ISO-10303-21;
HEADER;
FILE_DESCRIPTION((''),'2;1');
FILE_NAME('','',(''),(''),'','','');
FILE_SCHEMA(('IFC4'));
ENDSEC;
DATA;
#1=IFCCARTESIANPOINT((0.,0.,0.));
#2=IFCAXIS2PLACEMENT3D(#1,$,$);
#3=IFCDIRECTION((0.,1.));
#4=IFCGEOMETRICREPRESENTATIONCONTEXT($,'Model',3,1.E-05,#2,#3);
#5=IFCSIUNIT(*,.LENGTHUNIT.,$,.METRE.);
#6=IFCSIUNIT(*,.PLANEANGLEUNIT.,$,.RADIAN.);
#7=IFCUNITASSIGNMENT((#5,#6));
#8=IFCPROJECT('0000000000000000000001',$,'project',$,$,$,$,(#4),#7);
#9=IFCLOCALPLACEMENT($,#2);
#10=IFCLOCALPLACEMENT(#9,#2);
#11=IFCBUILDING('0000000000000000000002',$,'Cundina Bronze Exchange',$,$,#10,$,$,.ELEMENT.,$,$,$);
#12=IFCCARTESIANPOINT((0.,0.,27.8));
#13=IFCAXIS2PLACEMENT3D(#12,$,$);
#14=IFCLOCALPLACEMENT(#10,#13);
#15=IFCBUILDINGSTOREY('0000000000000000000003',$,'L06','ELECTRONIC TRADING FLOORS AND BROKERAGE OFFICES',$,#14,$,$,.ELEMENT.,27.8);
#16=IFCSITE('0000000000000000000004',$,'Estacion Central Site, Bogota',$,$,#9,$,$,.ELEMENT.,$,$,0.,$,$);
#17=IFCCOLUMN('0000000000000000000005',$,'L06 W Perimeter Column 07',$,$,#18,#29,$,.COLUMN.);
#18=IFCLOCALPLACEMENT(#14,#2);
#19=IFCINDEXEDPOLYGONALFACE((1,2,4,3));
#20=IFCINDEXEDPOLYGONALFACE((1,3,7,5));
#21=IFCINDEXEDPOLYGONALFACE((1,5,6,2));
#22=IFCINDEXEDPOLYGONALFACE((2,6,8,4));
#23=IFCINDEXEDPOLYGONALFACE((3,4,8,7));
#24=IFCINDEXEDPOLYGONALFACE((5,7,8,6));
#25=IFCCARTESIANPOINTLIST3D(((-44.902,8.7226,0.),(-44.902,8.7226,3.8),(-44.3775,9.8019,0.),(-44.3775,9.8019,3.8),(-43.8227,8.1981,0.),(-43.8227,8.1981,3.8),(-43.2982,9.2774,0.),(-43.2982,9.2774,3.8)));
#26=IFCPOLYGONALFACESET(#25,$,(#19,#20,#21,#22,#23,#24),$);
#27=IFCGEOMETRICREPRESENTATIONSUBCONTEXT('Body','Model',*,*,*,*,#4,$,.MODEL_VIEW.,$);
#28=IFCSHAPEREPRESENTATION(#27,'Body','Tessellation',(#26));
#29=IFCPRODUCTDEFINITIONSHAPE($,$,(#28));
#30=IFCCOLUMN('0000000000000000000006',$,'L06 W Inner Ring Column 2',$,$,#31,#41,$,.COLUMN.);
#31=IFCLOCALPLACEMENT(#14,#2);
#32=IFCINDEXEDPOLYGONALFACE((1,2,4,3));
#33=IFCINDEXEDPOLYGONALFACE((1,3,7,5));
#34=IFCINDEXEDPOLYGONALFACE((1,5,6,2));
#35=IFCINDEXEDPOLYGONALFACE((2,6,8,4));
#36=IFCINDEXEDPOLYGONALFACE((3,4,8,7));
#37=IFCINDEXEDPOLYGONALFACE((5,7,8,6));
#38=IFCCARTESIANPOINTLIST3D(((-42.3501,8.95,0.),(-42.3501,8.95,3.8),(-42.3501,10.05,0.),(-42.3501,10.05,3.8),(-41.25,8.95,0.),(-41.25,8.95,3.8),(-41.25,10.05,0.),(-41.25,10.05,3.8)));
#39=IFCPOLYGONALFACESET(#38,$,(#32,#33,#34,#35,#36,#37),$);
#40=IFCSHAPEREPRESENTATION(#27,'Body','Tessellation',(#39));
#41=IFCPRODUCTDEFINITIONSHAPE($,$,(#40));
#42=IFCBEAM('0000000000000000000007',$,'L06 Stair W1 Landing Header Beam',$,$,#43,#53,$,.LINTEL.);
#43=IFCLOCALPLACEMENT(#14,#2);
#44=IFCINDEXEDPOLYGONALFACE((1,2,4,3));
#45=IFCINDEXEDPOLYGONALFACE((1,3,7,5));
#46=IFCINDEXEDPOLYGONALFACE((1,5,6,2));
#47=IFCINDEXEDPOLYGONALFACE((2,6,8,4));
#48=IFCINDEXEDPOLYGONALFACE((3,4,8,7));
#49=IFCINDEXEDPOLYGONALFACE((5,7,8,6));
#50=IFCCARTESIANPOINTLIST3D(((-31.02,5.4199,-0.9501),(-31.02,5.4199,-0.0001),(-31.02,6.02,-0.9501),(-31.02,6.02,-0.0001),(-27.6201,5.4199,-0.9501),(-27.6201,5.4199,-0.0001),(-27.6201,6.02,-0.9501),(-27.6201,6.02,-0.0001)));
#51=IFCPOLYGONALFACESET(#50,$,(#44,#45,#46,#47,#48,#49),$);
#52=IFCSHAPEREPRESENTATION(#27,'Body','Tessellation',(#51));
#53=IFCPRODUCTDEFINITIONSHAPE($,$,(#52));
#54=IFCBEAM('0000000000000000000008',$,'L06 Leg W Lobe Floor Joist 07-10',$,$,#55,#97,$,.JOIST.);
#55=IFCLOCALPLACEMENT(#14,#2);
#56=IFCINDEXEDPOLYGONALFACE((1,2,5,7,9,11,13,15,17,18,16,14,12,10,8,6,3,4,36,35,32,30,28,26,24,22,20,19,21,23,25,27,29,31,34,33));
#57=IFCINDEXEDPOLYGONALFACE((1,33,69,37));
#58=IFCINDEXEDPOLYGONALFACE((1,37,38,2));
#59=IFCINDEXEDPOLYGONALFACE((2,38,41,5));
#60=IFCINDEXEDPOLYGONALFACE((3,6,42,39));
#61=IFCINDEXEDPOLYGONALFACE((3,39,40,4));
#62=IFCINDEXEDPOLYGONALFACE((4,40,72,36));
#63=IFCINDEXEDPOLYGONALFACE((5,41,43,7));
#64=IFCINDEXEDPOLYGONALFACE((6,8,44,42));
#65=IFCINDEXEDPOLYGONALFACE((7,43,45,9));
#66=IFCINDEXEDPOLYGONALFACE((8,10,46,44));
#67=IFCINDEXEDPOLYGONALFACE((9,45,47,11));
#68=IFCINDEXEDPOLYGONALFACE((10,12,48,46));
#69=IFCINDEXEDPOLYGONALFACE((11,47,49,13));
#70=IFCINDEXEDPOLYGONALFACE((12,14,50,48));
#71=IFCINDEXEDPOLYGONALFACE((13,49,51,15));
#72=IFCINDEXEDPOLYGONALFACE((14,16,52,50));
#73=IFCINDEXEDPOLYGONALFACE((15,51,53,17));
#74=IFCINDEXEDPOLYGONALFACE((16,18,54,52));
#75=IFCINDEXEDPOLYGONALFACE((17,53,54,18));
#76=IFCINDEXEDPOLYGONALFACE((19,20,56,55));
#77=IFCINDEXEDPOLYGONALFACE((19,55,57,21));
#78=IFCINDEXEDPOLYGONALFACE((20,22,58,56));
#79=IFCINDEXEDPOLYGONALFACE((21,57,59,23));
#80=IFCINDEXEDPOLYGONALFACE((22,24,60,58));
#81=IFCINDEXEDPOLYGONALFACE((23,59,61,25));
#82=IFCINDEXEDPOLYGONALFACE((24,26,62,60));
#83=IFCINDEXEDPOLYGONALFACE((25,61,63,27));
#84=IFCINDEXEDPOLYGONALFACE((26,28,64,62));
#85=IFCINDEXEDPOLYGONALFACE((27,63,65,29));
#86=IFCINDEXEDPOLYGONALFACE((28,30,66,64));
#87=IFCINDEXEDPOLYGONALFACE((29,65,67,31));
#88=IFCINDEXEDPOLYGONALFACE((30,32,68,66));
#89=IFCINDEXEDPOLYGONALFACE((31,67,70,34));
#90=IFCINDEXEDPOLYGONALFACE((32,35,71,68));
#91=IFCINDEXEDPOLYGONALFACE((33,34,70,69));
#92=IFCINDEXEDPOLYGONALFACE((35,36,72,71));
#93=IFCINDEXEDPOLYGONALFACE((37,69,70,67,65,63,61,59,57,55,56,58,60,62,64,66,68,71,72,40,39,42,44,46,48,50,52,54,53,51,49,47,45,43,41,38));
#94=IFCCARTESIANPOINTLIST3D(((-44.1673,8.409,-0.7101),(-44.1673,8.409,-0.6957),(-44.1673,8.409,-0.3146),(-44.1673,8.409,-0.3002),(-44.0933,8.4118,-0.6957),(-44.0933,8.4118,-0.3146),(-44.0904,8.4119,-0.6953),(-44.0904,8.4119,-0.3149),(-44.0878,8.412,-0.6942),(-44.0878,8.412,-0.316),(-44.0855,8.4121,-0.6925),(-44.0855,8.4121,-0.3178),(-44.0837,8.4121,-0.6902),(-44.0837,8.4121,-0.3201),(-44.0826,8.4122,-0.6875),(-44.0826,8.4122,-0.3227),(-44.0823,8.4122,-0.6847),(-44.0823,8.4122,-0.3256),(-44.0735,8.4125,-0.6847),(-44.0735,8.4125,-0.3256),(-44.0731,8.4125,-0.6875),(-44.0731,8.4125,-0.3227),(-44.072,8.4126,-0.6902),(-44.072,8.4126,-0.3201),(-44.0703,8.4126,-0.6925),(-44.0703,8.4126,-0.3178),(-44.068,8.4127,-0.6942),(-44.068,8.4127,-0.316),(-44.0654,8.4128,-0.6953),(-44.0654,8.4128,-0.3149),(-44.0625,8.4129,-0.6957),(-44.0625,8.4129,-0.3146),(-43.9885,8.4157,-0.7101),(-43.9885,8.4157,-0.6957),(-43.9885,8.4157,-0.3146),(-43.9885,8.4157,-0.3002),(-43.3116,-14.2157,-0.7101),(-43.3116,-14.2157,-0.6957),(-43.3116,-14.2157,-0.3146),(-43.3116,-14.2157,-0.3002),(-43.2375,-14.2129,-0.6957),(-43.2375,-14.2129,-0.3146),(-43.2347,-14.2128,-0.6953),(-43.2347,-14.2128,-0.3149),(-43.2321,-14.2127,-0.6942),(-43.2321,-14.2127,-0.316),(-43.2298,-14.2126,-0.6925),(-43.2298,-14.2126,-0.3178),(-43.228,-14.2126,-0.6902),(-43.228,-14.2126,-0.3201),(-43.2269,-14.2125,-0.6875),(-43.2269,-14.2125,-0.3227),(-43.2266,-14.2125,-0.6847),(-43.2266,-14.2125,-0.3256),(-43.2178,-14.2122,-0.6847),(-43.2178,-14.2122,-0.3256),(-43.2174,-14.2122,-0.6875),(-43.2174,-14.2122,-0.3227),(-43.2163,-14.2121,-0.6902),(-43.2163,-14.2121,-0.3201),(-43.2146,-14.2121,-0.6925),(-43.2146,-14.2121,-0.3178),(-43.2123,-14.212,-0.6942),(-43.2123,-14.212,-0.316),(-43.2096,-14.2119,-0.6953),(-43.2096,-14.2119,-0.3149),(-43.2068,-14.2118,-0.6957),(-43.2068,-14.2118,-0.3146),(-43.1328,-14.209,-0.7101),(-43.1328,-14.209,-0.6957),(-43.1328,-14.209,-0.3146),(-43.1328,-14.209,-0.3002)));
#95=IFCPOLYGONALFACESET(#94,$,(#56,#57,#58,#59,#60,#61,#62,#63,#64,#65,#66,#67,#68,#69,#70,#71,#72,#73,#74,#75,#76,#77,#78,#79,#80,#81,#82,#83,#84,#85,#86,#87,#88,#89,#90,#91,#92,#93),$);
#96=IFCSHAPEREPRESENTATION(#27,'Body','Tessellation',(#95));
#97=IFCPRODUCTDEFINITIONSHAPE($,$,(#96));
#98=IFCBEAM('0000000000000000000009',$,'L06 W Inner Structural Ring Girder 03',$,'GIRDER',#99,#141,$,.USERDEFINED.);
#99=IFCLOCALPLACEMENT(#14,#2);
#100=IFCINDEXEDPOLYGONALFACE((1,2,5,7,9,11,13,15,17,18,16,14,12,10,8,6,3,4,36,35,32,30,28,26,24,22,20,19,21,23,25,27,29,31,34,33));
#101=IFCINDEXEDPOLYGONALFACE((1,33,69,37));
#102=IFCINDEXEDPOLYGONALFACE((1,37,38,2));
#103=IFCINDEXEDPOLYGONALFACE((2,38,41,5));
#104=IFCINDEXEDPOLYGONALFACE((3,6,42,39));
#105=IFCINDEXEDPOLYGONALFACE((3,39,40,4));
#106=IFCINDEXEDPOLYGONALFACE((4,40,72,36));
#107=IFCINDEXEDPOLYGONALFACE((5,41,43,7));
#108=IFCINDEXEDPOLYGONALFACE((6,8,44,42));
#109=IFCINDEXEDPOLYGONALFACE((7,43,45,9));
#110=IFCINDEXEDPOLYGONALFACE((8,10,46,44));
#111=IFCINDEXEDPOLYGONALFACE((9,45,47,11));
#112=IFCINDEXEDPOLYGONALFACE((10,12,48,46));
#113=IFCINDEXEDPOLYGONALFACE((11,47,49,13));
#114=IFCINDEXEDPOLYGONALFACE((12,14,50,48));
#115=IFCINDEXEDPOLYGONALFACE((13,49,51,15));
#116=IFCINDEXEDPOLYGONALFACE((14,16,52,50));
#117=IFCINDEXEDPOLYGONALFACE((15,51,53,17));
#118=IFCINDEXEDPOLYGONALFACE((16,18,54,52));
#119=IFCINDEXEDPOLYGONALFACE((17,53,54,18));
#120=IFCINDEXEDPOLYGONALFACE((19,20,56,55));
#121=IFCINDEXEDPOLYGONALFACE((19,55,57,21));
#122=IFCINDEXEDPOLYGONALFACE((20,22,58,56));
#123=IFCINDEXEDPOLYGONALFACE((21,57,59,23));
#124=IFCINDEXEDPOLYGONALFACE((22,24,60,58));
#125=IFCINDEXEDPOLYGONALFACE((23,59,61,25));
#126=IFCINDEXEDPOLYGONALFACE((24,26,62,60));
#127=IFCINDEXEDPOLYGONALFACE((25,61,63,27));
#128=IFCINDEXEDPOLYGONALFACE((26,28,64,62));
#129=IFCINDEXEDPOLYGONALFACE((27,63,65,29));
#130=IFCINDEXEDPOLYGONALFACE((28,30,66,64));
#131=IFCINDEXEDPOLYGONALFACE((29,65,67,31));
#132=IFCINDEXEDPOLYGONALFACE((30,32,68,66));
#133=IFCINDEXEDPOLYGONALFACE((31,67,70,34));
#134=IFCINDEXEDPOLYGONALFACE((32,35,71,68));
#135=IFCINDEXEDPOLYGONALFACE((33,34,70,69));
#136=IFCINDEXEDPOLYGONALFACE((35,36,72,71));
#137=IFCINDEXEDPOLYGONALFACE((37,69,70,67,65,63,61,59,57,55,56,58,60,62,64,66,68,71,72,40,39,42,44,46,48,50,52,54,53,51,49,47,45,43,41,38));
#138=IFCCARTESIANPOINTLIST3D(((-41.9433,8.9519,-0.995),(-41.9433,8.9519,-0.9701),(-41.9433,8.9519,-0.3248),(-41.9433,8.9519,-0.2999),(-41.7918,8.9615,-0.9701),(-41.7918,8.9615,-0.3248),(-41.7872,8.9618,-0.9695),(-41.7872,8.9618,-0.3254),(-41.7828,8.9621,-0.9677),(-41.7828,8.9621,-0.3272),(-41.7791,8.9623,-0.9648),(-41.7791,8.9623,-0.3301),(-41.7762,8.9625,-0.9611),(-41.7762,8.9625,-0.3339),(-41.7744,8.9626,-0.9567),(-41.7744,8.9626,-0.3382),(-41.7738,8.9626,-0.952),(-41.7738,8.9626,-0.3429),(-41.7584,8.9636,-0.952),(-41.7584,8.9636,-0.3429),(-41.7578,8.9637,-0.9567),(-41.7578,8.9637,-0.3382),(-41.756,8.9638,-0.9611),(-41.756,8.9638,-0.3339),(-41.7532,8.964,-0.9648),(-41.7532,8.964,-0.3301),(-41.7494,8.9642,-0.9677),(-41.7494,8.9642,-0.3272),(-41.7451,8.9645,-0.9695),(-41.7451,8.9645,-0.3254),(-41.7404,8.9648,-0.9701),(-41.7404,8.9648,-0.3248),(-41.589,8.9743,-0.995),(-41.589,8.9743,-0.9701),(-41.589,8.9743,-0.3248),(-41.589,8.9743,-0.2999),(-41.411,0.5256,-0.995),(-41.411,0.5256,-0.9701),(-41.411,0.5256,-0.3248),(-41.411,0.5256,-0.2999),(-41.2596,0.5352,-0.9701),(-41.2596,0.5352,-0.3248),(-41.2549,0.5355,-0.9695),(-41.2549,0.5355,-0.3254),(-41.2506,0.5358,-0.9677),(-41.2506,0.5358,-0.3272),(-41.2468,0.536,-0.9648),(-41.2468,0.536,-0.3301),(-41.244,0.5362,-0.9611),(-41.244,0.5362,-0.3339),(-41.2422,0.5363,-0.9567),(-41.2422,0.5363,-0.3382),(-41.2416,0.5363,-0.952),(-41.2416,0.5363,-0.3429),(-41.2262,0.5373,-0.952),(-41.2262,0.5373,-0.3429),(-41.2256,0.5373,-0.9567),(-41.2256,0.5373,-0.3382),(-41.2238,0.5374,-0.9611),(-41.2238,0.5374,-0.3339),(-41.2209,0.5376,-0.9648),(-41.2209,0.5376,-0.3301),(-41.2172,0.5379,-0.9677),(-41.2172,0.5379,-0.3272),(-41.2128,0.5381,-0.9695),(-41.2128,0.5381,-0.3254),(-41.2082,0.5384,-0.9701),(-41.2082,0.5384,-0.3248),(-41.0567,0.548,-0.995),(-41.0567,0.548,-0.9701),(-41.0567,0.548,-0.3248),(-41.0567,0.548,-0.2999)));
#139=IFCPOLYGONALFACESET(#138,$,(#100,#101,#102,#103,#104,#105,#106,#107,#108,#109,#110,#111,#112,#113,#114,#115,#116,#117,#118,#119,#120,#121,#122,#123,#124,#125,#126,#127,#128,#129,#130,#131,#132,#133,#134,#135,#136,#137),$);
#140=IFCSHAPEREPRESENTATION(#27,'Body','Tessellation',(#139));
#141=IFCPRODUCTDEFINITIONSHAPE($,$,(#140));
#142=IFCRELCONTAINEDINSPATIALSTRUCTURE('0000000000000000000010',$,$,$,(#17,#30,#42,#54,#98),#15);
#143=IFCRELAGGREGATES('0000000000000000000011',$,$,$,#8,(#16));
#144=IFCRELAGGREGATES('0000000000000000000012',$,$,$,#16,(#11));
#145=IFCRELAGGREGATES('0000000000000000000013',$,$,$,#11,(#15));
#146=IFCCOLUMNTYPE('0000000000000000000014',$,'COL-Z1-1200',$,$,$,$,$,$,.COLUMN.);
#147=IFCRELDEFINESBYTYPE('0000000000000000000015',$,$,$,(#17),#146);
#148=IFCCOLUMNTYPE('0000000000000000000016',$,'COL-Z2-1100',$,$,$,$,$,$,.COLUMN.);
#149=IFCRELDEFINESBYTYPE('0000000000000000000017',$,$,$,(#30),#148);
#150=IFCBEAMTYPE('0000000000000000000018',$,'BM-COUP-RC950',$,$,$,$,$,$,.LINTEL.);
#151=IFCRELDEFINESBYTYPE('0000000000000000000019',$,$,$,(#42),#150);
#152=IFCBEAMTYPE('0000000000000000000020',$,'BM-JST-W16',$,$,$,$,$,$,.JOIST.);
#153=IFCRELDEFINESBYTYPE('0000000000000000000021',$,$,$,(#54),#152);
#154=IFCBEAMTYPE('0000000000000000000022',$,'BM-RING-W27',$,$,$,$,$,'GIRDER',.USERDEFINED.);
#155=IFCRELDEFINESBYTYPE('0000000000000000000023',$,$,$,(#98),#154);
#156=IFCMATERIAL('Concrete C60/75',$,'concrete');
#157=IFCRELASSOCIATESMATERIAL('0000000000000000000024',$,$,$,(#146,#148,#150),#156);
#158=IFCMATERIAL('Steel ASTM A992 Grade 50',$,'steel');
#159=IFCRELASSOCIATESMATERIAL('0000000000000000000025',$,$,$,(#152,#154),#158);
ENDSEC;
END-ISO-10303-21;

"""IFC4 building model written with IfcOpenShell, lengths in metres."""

from ifc_helpers import new_model, si_unit, direction, frame, origin, origin_2d, place, context, subcontext, project, spatial, rectangle, i_section, extrude, material, material_profile, profile_set, type_object, element, save


model = new_model("IFC4")

# Units and contexts
model_context = context("Model", 3, precision=1e-05, world=origin(), true_north=direction((0.0, 1.0)))
body_context = subcontext(model_context, "Body", "Model", "MODEL_VIEW")
ifc_project = project(units=[si_unit("LENGTHUNIT", "METRE"), si_unit("PLANEANGLEUNIT", "RADIAN")], contexts=[model_context])

# Site, building, storey
site_placement = place(None, origin())
site = spatial("IfcSite", under=ifc_project, at=site_placement, Name="Estacion Central Site, Bogota", CompositionType="ELEMENT", RefElevation=0.0)
building_placement = place(site_placement, origin())
building = spatial("IfcBuilding", under=site, at=building_placement, Name="Cundina Bronze Exchange", CompositionType="ELEMENT")
storey_placement = place(building_placement, frame((0.0, 0.0, 27.8)))
storey = spatial("IfcBuildingStorey", under=building, at=storey_placement, Name="L06", Description="ELECTRONIC TRADING FLOORS AND BROKERAGE OFFICES", CompositionType="ELEMENT", Elevation=27.8)

# Columns
ifc_material_1 = material(Name="Concrete C60/75", Category="concrete")
ifc_material_profile_1 = material_profile(ifc_material_1, rectangle(XDim=1.2, YDim=1.2, at=origin_2d()), Name="RC1200X1200", Category="concrete")
ifc_profile_set_1 = profile_set([ifc_material_profile_1], Name="Concrete C60/75")
column_type_1 = type_object("IfcColumnType", Name="COL-Z1-1200", PredefinedType="COLUMN", material=ifc_profile_set_1)
column_1_placement = place(storey_placement, frame((-44.1001, 9.0, 0.0), z_axis=(0.0, 0.0, 1.0), x_axis=(-0.437116, -0.899405, 0.0)))
element("IfcColumn", 1, at=column_1_placement, inside=storey, type_object=column_type_1, Name="L06 W Perimeter Column 07", PredefinedType="COLUMN", context=body_context, shape_type="SweptSolid", body=[
    extrude(rectangle(XDim=1.2, YDim=1.2, at=origin_2d()), origin(), (0.0, 0.0, 1.0), 3.8),
])
ifc_material_profile_2 = material_profile(ifc_material_1, rectangle(XDim=1.1001, YDim=1.1001, at=origin_2d()), Name="RC1100X1100", Category="concrete")
ifc_profile_set_2 = profile_set([ifc_material_profile_2], Name="Concrete C60/75")
column_type_2 = type_object("IfcColumnType", Name="COL-Z2-1100", PredefinedType="COLUMN", material=ifc_profile_set_2)
column_2_placement = place(storey_placement, frame((-41.8, 9.5, 0.0), z_axis=(0.0, 0.0, 1.0), x_axis=(1.0, 0.0, 0.0)))
element("IfcColumn", 2, at=column_2_placement, inside=storey, type_object=column_type_2, Name="L06 W Inner Ring Column 2", PredefinedType="COLUMN", context=body_context, shape_type="SweptSolid", body=[
    extrude(rectangle(XDim=1.1001, YDim=1.1001, at=origin_2d()), origin(), (0.0, 0.0, 1.0), 3.8),
])

# Beams
ifc_material_profile_3 = material_profile(ifc_material_1, rectangle(XDim=0.6001, YDim=0.95, at=origin_2d()), Name="RC600X950", Category="concrete")
ifc_profile_set_3 = profile_set([ifc_material_profile_3], Name="Concrete C60/75")
beam_type_1 = type_object("IfcBeamType", Name="BM-COUP-RC950", PredefinedType="LINTEL", material=ifc_profile_set_3)
beam_1_placement = place(storey_placement, frame((-31.02, 5.72, -0.4751), z_axis=(1.0, 0.0, 0.0), x_axis=(0.0, 1.0, 0.0)))
element("IfcBeam", 3, at=beam_1_placement, inside=storey, type_object=beam_type_1, Name="L06 Stair W1 Landing Header Beam", PredefinedType="LINTEL", context=body_context, shape_type="SweptSolid", body=[
    extrude(rectangle(XDim=0.6001, YDim=0.95, at=origin_2d()), origin(), (0.0, 0.0, 1.0), 3.3999),
])
ifc_material_2 = material(Name="Steel ASTM A992 Grade 50", Category="steel")
ifc_material_profile_4 = material_profile(ifc_material_2, i_section(OverallWidth=0.179, OverallDepth=0.4099, WebThickness=0.0088, FlangeThickness=0.0144, FilletRadius=0.011, at=origin_2d()), Name="W16X45", Category="steel")
ifc_profile_set_4 = profile_set([ifc_material_profile_4], Name="Steel ASTM A992 Grade 50")
beam_type_2 = type_object("IfcBeamType", Name="BM-JST-W16", PredefinedType="JOIST", material=ifc_profile_set_4)
beam_2_placement = place(storey_placement, frame((-44.0779, 8.4124, -0.5051), z_axis=(0.037795, -0.999286, 0.0), x_axis=(0.999286, 0.037795, 0.0)))
element("IfcBeam", 4, at=beam_2_placement, inside=storey, type_object=beam_type_2, Name="L06 Leg W Lobe Floor Joist 07-10", PredefinedType="JOIST", context=body_context, shape_type="SweptSolid", body=[
    extrude(i_section(OverallWidth=0.179, OverallDepth=0.4099, WebThickness=0.0088, FlangeThickness=0.0144, FilletRadius=0.011, at=origin_2d()), origin(), (0.0, 0.0, 1.0), 22.6409),
])
ifc_material_profile_5 = material_profile(ifc_material_2, i_section(OverallWidth=0.355, OverallDepth=0.6951, WebThickness=0.0154, FlangeThickness=0.0249, FilletRadius=0.0181, at=origin_2d()), Name="W27X146", Category="steel")
ifc_profile_set_5 = profile_set([ifc_material_profile_5], Name="Steel ASTM A992 Grade 50")
beam_type_3 = type_object("IfcBeamType", Name="BM-RING-W27", ElementType="GIRDER", PredefinedType="USERDEFINED", material=ifc_profile_set_5)
beam_3_placement = place(storey_placement, frame((-41.7661, 8.9631, -0.6475), z_axis=(0.063037, -0.998011, 0.0), x_axis=(0.998011, 0.063037, 0.0)))
element("IfcBeam", 5, at=beam_3_placement, inside=storey, type_object=beam_type_3, Name="L06 W Inner Structural Ring Girder 03", ObjectType="GIRDER", PredefinedType="USERDEFINED", context=body_context, shape_type="SweptSolid", body=[
    extrude(i_section(OverallWidth=0.355, OverallDepth=0.6951, WebThickness=0.0154, FlangeThickness=0.0249, FilletRadius=0.0181, at=origin_2d()), origin(), (0.0, 0.0, 1.0), 8.4431),
])

save(model, "model.ifc")
